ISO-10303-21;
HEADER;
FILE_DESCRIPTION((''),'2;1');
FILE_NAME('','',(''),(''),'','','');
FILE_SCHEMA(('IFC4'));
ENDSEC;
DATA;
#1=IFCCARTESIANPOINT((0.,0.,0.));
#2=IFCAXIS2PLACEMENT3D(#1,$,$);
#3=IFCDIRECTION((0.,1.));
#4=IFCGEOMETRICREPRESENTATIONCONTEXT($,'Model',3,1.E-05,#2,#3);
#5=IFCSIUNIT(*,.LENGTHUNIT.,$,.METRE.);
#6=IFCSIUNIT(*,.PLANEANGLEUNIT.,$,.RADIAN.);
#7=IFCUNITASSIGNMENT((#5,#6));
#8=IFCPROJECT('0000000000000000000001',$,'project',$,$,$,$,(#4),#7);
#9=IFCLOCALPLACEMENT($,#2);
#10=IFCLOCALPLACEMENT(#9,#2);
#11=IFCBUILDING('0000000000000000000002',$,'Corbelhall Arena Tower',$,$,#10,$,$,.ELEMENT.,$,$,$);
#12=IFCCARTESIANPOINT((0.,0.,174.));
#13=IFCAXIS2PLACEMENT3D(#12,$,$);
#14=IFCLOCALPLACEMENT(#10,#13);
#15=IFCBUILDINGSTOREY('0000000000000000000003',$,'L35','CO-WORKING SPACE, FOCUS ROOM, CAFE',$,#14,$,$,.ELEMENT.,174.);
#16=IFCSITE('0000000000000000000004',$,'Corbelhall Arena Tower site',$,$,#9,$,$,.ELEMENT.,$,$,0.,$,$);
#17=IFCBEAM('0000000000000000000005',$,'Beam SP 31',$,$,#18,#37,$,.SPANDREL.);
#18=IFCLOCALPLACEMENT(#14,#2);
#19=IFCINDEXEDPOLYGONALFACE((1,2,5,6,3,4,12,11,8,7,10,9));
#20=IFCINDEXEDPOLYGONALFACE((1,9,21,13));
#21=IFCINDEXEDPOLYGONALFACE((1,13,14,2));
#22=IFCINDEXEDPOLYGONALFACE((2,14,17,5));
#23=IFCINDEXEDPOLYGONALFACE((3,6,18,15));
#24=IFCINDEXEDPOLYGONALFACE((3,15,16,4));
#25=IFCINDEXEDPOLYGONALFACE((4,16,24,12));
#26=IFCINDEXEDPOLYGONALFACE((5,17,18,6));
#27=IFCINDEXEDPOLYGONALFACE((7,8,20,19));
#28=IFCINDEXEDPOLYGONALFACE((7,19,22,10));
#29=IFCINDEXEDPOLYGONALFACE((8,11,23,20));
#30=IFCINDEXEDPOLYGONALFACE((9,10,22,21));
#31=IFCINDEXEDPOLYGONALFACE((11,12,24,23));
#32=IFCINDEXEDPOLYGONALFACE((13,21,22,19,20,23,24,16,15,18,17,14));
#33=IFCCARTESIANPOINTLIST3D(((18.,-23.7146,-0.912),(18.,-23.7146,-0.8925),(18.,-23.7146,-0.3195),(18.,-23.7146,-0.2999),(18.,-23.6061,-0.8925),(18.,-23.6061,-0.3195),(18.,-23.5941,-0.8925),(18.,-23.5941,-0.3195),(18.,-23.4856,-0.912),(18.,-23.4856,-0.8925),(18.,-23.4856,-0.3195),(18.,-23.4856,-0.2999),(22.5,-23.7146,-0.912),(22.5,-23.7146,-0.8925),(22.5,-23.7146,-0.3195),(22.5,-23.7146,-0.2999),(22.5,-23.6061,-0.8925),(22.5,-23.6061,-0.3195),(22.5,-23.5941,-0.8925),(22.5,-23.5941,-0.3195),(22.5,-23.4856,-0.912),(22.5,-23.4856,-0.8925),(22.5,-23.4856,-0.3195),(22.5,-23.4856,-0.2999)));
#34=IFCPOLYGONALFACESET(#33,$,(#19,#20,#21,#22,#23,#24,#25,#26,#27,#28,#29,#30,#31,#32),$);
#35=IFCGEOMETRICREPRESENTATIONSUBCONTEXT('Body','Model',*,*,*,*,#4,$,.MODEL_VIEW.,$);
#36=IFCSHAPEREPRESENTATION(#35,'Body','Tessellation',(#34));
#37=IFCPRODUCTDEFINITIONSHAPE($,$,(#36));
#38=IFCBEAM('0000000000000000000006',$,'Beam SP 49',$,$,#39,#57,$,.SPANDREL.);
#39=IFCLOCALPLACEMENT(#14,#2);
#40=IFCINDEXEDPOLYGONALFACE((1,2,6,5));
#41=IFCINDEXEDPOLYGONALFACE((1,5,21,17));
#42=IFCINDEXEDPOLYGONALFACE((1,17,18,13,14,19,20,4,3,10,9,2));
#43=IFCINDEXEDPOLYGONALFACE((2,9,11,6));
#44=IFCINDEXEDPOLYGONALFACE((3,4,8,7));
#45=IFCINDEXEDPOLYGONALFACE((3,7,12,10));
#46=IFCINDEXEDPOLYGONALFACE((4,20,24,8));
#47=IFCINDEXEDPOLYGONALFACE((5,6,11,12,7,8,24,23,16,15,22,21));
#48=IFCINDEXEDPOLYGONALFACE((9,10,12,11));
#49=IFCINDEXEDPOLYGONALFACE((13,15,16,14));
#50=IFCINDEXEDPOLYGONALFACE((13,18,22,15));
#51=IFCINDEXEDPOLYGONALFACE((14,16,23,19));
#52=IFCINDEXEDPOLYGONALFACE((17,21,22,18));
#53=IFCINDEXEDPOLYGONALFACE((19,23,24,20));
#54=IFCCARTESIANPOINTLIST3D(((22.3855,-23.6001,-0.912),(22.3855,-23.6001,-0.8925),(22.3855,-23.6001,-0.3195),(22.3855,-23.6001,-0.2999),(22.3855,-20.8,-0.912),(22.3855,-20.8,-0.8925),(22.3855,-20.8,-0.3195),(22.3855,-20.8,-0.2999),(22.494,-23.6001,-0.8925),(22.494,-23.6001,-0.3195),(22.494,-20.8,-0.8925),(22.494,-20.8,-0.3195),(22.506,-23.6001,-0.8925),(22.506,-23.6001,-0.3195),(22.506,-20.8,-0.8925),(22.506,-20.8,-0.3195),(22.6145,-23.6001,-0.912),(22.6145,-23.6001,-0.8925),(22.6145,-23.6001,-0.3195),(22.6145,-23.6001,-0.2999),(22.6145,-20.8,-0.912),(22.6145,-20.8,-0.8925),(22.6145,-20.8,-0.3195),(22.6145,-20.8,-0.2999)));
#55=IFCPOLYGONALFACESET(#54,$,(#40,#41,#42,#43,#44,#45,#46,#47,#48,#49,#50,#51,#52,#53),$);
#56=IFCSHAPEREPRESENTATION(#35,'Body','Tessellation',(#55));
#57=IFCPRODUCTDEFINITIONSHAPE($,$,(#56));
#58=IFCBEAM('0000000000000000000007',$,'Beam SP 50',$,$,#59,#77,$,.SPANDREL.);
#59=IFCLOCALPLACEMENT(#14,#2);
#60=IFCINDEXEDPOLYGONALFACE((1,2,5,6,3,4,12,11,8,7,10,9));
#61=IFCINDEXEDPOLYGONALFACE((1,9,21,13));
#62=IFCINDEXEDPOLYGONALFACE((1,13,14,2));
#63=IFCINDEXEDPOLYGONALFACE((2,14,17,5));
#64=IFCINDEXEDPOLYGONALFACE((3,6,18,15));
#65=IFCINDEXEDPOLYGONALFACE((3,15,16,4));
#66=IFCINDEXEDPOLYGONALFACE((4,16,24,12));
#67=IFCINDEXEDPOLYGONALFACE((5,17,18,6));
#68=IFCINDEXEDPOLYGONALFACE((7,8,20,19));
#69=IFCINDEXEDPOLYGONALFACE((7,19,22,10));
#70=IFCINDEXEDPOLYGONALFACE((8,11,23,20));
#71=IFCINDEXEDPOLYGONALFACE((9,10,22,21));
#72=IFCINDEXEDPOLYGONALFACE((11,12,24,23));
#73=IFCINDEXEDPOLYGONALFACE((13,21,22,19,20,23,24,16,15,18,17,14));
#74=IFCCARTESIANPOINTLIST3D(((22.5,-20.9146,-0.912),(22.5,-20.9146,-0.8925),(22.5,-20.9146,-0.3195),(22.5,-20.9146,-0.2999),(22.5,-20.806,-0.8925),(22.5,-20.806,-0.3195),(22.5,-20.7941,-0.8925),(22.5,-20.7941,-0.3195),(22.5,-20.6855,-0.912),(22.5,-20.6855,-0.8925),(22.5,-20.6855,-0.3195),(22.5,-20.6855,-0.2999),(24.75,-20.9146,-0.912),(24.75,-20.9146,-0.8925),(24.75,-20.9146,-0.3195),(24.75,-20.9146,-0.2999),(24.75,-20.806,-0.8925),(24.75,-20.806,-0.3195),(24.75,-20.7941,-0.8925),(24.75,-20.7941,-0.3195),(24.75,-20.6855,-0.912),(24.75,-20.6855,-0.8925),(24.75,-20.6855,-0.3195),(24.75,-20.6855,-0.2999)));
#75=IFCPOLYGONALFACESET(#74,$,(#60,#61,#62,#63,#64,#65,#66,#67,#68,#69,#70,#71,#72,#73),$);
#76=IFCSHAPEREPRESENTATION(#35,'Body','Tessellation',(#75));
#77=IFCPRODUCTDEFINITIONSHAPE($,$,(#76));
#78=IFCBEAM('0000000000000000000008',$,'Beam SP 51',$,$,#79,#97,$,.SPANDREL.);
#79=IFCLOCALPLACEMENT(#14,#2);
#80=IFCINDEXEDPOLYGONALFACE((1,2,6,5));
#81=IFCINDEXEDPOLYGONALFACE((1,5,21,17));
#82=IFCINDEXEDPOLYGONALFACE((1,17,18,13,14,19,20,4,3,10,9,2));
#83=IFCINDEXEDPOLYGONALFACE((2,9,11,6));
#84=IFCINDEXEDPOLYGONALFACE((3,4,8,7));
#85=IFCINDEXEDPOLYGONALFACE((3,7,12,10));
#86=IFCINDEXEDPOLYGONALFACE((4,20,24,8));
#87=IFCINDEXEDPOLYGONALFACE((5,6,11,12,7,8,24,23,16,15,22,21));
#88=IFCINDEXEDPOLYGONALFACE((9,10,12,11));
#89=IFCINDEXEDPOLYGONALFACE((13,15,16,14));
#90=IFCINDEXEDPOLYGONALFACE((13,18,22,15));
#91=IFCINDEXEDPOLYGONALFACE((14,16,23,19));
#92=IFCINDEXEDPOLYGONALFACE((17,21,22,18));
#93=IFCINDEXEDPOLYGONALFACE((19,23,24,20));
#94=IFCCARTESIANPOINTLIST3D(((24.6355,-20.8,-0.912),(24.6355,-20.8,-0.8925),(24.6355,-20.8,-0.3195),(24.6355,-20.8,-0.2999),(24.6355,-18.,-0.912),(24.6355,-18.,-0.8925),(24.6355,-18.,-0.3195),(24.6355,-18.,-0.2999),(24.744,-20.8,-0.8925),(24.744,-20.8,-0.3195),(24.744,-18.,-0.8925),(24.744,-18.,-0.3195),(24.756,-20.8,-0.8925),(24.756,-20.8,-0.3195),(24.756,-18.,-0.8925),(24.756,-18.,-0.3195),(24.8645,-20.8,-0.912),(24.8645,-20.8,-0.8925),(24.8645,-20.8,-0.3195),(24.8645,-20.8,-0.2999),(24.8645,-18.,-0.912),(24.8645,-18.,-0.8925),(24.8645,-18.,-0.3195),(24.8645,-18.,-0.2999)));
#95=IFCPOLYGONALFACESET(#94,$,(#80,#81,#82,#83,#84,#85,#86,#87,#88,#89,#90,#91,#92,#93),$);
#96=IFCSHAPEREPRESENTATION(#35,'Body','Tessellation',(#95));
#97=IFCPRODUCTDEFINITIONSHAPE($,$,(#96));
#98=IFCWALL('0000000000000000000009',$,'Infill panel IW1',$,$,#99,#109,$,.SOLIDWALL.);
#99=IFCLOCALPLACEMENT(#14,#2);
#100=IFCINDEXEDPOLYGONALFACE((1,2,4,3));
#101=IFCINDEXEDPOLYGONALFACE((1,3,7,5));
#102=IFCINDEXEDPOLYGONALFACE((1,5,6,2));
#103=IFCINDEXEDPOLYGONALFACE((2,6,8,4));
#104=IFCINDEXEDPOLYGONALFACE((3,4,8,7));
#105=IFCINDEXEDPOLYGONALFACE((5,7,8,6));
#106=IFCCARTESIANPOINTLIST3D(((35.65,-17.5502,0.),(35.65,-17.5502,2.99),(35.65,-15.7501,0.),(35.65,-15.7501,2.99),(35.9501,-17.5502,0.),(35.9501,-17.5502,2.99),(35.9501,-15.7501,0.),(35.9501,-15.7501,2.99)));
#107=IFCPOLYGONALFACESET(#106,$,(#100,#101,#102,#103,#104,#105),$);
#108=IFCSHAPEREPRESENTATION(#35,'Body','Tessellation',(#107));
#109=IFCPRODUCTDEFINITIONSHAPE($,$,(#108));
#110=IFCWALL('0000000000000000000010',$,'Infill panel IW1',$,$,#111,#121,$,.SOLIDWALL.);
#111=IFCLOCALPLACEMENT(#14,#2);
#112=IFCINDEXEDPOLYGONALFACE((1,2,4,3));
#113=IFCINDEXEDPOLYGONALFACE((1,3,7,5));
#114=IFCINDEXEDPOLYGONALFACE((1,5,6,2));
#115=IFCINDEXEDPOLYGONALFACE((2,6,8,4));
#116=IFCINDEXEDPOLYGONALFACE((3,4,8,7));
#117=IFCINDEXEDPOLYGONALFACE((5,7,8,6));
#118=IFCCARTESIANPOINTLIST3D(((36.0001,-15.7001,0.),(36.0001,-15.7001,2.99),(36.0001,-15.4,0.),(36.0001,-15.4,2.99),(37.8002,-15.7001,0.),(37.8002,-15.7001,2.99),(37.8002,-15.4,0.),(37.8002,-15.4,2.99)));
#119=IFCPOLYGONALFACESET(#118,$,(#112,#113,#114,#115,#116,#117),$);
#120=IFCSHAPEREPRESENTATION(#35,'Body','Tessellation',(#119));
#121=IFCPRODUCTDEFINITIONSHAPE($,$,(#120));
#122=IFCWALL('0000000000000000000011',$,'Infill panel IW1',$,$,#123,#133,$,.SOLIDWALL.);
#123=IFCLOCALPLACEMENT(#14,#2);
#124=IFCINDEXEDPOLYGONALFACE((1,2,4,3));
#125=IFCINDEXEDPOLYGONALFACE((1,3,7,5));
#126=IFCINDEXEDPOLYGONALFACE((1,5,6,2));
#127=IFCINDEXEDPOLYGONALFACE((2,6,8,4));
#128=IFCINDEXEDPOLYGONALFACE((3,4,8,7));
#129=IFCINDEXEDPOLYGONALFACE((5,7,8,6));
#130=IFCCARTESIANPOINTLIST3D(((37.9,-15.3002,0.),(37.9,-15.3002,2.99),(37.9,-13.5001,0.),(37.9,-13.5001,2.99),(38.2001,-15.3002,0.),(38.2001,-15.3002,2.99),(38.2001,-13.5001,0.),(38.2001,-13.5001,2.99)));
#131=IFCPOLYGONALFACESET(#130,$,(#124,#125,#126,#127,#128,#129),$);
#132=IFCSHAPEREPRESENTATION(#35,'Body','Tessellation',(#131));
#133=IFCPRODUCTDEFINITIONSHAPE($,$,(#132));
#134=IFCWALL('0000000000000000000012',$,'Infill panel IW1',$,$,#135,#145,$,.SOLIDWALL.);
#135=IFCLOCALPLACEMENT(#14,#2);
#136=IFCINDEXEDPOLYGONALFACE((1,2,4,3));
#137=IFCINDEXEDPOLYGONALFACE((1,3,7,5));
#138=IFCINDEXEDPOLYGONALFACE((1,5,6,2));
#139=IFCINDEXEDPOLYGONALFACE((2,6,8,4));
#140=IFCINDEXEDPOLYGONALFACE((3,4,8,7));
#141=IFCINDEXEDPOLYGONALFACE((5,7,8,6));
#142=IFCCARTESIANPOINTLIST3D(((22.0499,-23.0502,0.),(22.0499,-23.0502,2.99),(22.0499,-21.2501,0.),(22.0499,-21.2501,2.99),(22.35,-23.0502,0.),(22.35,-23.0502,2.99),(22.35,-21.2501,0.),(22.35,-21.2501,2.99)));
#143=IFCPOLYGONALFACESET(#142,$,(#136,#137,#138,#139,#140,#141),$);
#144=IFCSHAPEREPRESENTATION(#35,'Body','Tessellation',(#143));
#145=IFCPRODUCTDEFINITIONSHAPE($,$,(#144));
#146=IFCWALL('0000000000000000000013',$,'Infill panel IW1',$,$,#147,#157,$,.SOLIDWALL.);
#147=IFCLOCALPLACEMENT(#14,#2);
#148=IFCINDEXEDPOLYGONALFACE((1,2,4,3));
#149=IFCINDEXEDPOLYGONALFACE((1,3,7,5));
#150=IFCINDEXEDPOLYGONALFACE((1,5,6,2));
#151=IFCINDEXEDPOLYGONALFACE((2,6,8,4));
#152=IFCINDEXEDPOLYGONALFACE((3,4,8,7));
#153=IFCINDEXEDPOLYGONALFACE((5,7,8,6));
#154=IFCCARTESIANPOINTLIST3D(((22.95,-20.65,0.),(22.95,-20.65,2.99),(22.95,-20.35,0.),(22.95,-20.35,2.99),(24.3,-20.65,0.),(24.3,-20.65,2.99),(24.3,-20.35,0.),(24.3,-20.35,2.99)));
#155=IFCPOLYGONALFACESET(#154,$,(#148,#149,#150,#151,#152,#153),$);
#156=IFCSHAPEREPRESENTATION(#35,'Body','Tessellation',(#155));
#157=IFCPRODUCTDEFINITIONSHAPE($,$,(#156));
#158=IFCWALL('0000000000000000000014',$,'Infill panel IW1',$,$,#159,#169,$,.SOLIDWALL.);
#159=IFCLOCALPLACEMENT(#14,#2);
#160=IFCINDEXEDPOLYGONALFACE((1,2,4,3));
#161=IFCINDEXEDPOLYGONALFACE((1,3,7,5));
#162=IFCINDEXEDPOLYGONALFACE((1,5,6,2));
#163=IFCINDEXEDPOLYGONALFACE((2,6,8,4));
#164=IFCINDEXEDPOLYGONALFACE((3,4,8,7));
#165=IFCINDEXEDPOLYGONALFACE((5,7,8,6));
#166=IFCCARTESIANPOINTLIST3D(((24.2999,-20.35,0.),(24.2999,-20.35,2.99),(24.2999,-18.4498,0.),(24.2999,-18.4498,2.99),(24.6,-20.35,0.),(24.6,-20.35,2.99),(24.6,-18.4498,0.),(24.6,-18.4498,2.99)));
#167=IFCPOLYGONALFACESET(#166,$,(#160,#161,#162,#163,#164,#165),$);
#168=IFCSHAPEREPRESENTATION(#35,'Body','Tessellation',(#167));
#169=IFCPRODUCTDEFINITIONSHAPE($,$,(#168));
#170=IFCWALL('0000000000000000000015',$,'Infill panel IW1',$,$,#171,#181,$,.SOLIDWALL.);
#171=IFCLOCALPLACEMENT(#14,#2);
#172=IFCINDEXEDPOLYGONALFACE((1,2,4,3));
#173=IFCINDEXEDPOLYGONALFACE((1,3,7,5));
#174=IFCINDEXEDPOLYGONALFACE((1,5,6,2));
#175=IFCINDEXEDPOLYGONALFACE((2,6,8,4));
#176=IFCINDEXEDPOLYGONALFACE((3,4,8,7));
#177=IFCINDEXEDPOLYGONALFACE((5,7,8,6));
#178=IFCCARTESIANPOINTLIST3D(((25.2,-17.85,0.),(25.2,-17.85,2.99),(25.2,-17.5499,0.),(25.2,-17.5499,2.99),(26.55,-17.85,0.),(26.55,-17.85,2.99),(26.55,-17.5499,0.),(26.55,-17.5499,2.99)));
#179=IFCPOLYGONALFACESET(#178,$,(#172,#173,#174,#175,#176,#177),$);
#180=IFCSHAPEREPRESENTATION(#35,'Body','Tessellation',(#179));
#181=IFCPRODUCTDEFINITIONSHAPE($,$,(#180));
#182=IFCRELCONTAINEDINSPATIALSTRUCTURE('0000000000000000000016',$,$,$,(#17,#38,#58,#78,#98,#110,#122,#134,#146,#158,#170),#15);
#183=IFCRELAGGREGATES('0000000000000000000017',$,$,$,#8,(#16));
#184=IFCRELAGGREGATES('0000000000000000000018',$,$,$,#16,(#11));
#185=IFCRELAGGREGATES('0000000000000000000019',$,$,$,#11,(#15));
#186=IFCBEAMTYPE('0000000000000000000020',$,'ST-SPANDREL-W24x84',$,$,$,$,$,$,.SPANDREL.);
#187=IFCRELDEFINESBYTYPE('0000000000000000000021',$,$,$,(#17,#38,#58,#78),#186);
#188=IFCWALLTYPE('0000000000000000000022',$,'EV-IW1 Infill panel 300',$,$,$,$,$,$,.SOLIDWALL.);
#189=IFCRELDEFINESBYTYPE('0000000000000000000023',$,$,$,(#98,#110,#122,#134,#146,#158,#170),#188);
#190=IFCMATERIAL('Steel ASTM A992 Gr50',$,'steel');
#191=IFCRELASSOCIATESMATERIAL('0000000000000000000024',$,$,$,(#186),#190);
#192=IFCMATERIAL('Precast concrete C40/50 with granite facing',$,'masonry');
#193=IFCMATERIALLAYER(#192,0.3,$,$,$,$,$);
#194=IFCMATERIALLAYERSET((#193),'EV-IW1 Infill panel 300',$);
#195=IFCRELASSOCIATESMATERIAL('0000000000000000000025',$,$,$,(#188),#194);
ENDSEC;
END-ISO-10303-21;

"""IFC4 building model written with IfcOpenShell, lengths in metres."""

from ifc_helpers import new_model, si_unit, direction, frame, frame_2d, origin, origin_2d, place, context, subcontext, project, spatial, rectangle, i_section, extrude, material, layer, layer_set, material_profile, profile_set, type_object, element, save


model = new_model("IFC4")

# Units and contexts
model_context = context("Model", 3, precision=1e-05, world=origin(), true_north=direction((0.0, 1.0)))
body_context = subcontext(model_context, "Body", "Model", "MODEL_VIEW")
ifc_project = project(units=[si_unit("LENGTHUNIT", "METRE"), si_unit("PLANEANGLEUNIT", "RADIAN")], contexts=[model_context])

# Site, building, storey
site_placement = place(None, origin())
site = spatial("IfcSite", under=ifc_project, at=site_placement, Name="Corbelhall Arena Tower site", CompositionType="ELEMENT", RefElevation=0.0)
building_placement = place(site_placement, origin())
building = spatial("IfcBuilding", under=site, at=building_placement, Name="Corbelhall Arena Tower", CompositionType="ELEMENT")
storey_placement = place(building_placement, frame((0.0, 0.0, 174.0)))
storey = spatial("IfcBuildingStorey", under=building, at=storey_placement, Name="L35", Description="CO-WORKING SPACE, FOCUS ROOM, CAFE", CompositionType="ELEMENT", Elevation=174.0)

# Beams
ifc_material_1 = material(Name="Steel ASTM A992 Gr50", Category="steel")
ifc_material_profile_1 = material_profile(ifc_material_1, i_section(OverallWidth=0.229, OverallDepth=0.6121, WebThickness=0.012, FlangeThickness=0.0195, at=origin_2d()))
ifc_profile_set_1 = profile_set([ifc_material_profile_1], Name="Steel ASTM A992 Gr50")
beam_type = type_object("IfcBeamType", Name="ST-SPANDREL-W24x84", PredefinedType="SPANDREL", material=ifc_profile_set_1)
for number, where, z_axis, x_axis, name in (
    (1, (22.5, -23.6001, -0.606), (-1.0, 0.0, 0.0), (0.0, -1.0, 0.0), "Beam SP 31"),
):
    element("IfcBeam", number, at=place(storey_placement, frame(where, z_axis=z_axis, x_axis=x_axis)), inside=storey, type_object=beam_type, Name=name, PredefinedType="SPANDREL", context=body_context, shape_type="SweptSolid", body=[
        extrude(i_section(OverallWidth=0.229, OverallDepth=0.6121, WebThickness=0.012, FlangeThickness=0.0195, at=origin_2d()), origin(), (0.0, 0.0, 1.0), 4.5),
    ])
beam_1_placement = place(storey_placement, frame((22.5, -20.8, -0.606), z_axis=(0.0, -1.0, 0.0), x_axis=(1.0, 0.0, 0.0)))
element("IfcBeam", 2, at=beam_1_placement, inside=storey, type_object=beam_type, Name="Beam SP 49", PredefinedType="SPANDREL", context=body_context, shape_type="SweptSolid", body=[
    extrude(i_section(OverallWidth=0.229, OverallDepth=0.6121, WebThickness=0.012, FlangeThickness=0.0195, at=origin_2d()), origin(), (0.0, 0.0, 1.0), 2.8),
])
beam_2_placement = place(storey_placement, frame((24.75, -20.8, -0.606), z_axis=(-1.0, 0.0, 0.0), x_axis=(0.0, -1.0, 0.0)))
element("IfcBeam", 3, at=beam_2_placement, inside=storey, type_object=beam_type, Name="Beam SP 50", PredefinedType="SPANDREL", context=body_context, shape_type="SweptSolid", body=[
    extrude(i_section(OverallWidth=0.229, OverallDepth=0.6121, WebThickness=0.012, FlangeThickness=0.0195, at=origin_2d()), origin(), (0.0, 0.0, 1.0), 2.25),
])
beam_3_placement = place(storey_placement, frame((24.75, -18.0, -0.606), z_axis=(0.0, -1.0, 0.0), x_axis=(1.0, 0.0, 0.0)))
element("IfcBeam", 4, at=beam_3_placement, inside=storey, type_object=beam_type, Name="Beam SP 51", PredefinedType="SPANDREL", context=body_context, shape_type="SweptSolid", body=[
    extrude(i_section(OverallWidth=0.229, OverallDepth=0.6121, WebThickness=0.012, FlangeThickness=0.0195, at=origin_2d()), origin(), (0.0, 0.0, 1.0), 2.8),
])

# Walls
ifc_material_2 = material(Name="Precast concrete C40/50 with granite facing", Category="masonry")
ifc_layer = layer(ifc_material_2, 0.3)
ifc_layer_set = layer_set([ifc_layer], Name="EV-IW1 Infill panel 300")
wall_type = type_object("IfcWallType", Name="EV-IW1 Infill panel 300", PredefinedType="SOLIDWALL", material=ifc_layer_set)
for number, where, z_axis, x_axis, name in (
    (5, (35.8, -17.55, 0.0), (0.0, 0.0, 1.0), (0.0, 1.0, 0.0), "Infill panel IW1"),
    (6, (37.8, -15.55, 0.0), (0.0, 0.0, 1.0), (-1.0, 0.0, 0.0), "Infill panel IW1"),
    (7, (38.05, -15.3, 0.0), (0.0, 0.0, 1.0), (0.0, 1.0, 0.0), "Infill panel IW1"),
):
    element("IfcWall", number, at=place(storey_placement, frame(where, z_axis=z_axis, x_axis=x_axis)), inside=storey, type_object=wall_type, Name=name, PredefinedType="SOLIDWALL", context=body_context, shape_type="SweptSolid", body=[
        extrude(rectangle(XDim=1.8, YDim=0.3, at=frame_2d((0.8999, 0.0))), origin(), (0.0, 0.0, 1.0), 2.99),
    ])

# Walls
wall_1_placement = place(storey_placement, frame((22.2, -23.05, 0.0), z_axis=(0.0, 0.0, 1.0), x_axis=(0.0, 1.0, 0.0)))
element("IfcWall", 8, at=wall_1_placement, inside=storey, type_object=wall_type, Name="Infill panel IW1", PredefinedType="SOLIDWALL", context=body_context, shape_type="SweptSolid", body=[
    extrude(rectangle(XDim=1.8, YDim=0.3, at=frame_2d((0.8999, 0.0))), origin(), (0.0, 0.0, 1.0), 2.99),
])
wall_2_placement = place(storey_placement, frame((22.95, -20.5, 0.0), z_axis=(0.0, 0.0, 1.0), x_axis=(1.0, 0.0, 0.0)))
element("IfcWall", 9, at=wall_2_placement, inside=storey, type_object=wall_type, Name="Infill panel IW1", PredefinedType="SOLIDWALL", context=body_context, shape_type="SweptSolid", body=[
    extrude(rectangle(XDim=1.3501, YDim=0.3, at=frame_2d((0.675, 0.0))), origin(), (0.0, 0.0, 1.0), 2.99),
])
wall_3_placement = place(storey_placement, frame((24.45, -20.3501, 0.0), z_axis=(0.0, 0.0, 1.0), x_axis=(0.0, 1.0, 0.0)))
element("IfcWall", 10, at=wall_3_placement, inside=storey, type_object=wall_type, Name="Infill panel IW1", PredefinedType="SOLIDWALL", context=body_context, shape_type="SweptSolid", body=[
    extrude(rectangle(XDim=1.9001, YDim=0.3, at=frame_2d((0.9502, 0.0))), origin(), (0.0, 0.0, 1.0), 2.99),
])
wall_4_placement = place(storey_placement, frame((25.2, -17.7, 0.0), z_axis=(0.0, 0.0, 1.0), x_axis=(1.0, 0.0, 0.0)))
element("IfcWall", 11, at=wall_4_placement, inside=storey, type_object=wall_type, Name="Infill panel IW1", PredefinedType="SOLIDWALL", context=body_context, shape_type="SweptSolid", body=[
    extrude(rectangle(XDim=1.3501, YDim=0.3, at=frame_2d((0.675, 0.0))), origin(), (0.0, 0.0, 1.0), 2.99),
])

save(model, "model.ifc")
